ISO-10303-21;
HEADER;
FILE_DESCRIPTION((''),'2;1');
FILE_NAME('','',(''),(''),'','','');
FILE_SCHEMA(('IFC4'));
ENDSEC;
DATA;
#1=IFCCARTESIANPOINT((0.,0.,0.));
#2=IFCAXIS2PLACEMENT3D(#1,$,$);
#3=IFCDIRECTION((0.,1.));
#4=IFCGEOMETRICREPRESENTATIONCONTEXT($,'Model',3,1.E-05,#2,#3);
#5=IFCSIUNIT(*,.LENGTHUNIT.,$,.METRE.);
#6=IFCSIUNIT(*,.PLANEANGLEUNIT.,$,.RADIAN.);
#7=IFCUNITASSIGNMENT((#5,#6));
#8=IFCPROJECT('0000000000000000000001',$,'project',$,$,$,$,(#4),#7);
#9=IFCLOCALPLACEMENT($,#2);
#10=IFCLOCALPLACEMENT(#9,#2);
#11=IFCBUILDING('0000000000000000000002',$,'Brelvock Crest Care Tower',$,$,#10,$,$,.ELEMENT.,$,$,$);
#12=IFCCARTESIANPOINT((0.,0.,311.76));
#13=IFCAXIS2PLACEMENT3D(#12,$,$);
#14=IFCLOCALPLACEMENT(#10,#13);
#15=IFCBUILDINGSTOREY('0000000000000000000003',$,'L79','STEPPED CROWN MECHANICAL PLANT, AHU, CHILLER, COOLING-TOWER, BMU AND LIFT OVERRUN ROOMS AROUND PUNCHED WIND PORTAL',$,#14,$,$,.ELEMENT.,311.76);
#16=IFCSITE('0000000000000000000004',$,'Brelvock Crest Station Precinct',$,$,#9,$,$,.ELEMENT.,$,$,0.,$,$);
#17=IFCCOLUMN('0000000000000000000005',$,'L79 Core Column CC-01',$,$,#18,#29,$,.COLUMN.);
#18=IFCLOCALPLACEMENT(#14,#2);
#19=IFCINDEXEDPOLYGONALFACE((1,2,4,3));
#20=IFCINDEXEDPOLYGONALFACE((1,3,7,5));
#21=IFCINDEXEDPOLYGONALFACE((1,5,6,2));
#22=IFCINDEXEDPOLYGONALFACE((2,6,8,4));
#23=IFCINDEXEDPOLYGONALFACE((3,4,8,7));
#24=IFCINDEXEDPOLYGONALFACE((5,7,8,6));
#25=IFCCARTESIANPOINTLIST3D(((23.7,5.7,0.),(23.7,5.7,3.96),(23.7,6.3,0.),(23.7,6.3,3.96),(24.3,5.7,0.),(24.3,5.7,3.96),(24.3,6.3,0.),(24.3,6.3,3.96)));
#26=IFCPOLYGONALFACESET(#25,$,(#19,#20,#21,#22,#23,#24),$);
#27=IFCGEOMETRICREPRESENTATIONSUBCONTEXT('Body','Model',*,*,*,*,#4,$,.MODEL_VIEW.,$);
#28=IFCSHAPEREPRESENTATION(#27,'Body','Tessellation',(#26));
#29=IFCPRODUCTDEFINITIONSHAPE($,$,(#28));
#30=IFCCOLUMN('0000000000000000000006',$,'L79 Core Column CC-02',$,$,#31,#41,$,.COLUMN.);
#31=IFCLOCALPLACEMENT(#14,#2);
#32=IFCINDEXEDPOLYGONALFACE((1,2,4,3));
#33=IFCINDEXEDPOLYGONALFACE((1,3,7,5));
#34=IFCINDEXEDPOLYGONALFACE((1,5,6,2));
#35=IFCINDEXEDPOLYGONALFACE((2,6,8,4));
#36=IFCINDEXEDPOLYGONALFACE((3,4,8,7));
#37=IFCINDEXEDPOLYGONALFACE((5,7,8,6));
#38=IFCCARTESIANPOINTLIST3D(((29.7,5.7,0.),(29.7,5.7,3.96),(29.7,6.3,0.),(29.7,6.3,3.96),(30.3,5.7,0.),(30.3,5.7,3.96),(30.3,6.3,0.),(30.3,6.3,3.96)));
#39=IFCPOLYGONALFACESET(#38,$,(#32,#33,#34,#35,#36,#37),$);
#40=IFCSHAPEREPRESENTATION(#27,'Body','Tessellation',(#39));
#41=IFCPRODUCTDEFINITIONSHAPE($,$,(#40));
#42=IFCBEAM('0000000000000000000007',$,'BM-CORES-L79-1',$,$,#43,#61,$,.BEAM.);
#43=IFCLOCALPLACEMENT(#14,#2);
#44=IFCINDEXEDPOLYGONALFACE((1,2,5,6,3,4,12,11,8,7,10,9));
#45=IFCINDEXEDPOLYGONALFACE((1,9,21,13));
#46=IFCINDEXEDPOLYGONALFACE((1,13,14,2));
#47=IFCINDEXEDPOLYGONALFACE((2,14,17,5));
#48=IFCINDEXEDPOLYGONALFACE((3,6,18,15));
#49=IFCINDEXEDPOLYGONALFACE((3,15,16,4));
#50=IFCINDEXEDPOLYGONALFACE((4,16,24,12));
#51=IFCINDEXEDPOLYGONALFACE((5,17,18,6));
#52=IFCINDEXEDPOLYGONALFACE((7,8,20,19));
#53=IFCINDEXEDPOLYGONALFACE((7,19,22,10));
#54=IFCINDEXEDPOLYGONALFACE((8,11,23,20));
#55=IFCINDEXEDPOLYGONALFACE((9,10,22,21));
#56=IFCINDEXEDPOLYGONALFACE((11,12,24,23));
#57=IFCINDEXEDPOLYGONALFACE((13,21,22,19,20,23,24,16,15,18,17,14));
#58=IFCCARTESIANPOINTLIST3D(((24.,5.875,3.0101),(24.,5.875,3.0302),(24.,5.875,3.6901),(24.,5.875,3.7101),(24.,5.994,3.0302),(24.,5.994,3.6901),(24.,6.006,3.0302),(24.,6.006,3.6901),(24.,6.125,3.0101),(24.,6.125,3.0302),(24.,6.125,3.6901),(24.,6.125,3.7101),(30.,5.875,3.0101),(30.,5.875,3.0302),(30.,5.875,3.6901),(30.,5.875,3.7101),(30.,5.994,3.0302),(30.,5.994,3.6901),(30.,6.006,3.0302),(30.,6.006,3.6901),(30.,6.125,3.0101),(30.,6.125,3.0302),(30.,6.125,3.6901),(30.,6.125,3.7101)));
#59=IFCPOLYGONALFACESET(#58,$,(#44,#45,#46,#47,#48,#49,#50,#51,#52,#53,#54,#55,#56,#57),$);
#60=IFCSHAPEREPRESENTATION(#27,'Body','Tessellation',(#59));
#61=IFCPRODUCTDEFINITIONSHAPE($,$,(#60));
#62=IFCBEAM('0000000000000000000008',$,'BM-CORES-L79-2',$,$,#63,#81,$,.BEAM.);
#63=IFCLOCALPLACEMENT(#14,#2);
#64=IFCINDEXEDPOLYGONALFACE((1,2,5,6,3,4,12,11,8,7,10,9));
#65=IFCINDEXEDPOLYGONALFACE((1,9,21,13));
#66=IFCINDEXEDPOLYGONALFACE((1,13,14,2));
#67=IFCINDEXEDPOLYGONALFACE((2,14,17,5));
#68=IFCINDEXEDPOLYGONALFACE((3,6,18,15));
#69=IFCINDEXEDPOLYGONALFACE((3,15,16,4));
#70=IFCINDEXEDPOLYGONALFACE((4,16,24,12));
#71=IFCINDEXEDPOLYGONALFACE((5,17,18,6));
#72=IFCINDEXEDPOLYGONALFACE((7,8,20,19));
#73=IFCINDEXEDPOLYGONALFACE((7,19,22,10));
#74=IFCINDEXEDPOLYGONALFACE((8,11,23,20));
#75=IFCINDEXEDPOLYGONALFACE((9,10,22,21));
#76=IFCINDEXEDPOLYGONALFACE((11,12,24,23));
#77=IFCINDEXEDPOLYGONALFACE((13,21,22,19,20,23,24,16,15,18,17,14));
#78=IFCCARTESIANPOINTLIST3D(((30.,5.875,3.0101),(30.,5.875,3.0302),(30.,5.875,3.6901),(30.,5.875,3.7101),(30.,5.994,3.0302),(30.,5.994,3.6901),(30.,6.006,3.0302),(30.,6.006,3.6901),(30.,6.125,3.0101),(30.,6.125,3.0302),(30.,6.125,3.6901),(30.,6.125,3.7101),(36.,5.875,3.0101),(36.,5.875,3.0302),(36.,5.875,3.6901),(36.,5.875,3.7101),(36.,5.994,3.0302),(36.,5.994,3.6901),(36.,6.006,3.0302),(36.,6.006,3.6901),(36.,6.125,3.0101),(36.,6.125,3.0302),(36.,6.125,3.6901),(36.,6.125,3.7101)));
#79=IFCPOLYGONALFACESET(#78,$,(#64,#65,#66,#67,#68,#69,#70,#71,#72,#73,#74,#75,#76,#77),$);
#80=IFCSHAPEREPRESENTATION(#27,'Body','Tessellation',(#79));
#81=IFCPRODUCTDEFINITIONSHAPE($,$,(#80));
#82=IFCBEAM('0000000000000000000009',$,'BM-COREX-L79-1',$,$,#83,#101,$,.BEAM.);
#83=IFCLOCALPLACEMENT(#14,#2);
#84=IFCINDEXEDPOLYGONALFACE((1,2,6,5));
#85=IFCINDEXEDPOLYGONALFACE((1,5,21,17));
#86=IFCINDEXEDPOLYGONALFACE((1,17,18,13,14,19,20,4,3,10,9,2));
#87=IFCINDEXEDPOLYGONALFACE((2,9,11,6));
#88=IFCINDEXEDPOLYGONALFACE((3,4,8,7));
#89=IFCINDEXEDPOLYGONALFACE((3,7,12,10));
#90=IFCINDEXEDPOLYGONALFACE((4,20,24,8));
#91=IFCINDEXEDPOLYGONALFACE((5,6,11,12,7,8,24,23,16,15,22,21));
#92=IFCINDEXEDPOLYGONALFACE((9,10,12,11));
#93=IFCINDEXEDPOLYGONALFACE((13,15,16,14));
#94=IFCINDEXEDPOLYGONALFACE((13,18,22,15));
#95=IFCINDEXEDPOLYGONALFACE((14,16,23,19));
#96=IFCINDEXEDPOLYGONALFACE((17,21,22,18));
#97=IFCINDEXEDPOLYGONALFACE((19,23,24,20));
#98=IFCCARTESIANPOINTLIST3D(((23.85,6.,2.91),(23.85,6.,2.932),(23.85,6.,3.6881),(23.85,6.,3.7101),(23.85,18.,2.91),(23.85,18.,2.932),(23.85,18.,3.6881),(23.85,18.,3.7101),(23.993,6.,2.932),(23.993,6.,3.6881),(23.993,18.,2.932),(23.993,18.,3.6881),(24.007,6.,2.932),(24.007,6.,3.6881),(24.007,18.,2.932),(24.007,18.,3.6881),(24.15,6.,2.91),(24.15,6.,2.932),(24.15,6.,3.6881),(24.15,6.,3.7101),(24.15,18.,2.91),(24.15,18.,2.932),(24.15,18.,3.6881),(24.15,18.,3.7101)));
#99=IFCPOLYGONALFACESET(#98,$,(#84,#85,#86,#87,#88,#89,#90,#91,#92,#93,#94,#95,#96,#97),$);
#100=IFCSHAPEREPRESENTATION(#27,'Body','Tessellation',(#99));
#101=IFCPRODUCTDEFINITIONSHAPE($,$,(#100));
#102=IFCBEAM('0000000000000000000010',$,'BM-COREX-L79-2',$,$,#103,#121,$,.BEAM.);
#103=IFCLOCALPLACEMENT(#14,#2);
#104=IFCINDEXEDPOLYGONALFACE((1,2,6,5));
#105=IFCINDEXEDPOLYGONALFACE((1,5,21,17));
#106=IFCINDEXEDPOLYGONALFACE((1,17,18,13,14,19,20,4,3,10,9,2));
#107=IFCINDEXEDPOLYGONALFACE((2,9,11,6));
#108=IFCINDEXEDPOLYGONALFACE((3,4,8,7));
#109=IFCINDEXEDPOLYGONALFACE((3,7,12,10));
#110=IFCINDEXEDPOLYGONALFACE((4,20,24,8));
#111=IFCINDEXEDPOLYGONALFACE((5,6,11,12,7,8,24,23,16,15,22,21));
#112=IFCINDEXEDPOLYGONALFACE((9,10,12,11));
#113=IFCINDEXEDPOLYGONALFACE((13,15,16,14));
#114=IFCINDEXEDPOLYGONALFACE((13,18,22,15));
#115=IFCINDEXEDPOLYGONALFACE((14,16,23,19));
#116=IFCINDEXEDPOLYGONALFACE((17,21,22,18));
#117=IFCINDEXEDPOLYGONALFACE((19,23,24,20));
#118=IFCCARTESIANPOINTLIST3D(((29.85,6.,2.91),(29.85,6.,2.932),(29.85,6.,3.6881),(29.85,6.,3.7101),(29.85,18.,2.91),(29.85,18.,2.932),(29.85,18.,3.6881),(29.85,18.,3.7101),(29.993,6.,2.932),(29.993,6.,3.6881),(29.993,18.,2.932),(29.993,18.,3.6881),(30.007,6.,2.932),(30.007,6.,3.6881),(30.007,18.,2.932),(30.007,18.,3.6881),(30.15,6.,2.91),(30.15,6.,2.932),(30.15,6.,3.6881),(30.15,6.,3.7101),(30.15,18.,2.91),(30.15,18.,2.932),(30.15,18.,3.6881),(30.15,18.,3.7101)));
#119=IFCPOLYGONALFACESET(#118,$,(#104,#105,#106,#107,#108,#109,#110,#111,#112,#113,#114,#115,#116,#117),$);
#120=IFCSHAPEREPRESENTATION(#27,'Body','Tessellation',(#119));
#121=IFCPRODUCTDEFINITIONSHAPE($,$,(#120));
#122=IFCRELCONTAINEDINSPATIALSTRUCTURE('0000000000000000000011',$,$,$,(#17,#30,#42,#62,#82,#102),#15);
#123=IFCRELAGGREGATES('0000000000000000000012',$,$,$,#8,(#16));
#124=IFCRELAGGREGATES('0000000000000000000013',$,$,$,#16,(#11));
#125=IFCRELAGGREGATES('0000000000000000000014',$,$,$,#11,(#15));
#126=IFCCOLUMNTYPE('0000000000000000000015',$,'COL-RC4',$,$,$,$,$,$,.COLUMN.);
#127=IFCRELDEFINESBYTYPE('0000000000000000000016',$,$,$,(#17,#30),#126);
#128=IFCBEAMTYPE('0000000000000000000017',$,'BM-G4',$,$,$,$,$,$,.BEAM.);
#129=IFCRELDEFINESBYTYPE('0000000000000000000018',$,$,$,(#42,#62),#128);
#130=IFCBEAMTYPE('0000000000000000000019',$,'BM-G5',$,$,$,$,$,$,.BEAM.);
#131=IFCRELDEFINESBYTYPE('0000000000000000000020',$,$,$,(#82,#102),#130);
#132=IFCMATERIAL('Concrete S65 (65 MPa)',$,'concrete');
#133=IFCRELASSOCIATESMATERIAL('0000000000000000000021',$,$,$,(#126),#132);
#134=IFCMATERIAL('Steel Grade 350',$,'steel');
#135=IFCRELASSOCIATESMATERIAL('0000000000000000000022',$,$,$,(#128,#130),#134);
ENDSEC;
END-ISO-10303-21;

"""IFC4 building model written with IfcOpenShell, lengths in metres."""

from ifc_helpers import new_model, si_unit, direction, frame, origin, origin_2d, place, context, subcontext, project, spatial, rectangle, i_section, extrude, source, transform, mapped, material, material_profile, profile_set, type_object, element, save


model = new_model("IFC4")

# Units and contexts
model_context = context("Model", 3, precision=1e-05, world=origin(), true_north=direction((0.0, 1.0)))
body_context = subcontext(model_context, "Body", "Model", "MODEL_VIEW")
ifc_project = project(units=[si_unit("LENGTHUNIT", "METRE"), si_unit("PLANEANGLEUNIT", "RADIAN")], contexts=[model_context])

# Site, building, storey
site_placement = place(None, origin())
site = spatial("IfcSite", under=ifc_project, at=site_placement, Name="Brelvock Crest Station Precinct", CompositionType="ELEMENT", RefElevation=0.0)
building_placement = place(site_placement, origin())
building = spatial("IfcBuilding", under=site, at=building_placement, Name="Brelvock Crest Care Tower", CompositionType="ELEMENT")
storey_placement = place(building_placement, frame((0.0, 0.0, 311.76)))
storey = spatial("IfcBuildingStorey", under=building, at=storey_placement, Name="L79", Description="STEPPED CROWN MECHANICAL PLANT, AHU, CHILLER, COOLING-TOWER, BMU AND LIFT OVERRUN ROOMS AROUND PUNCHED WIND PORTAL", CompositionType="ELEMENT", Elevation=311.76)

# Columns
ifc_material_1 = material(Name="Concrete S65 (65 MPa)", Category="concrete")
ifc_material_profile_1 = material_profile(ifc_material_1, rectangle(XDim=0.6001, YDim=0.6001, at=origin_2d()), Name="RC600x600")
ifc_profile_set_1 = profile_set([ifc_material_profile_1], Name="Concrete S65 (65 MPa)")
column_type = type_object("IfcColumnType", Name="COL-RC4", PredefinedType="COLUMN", material=ifc_profile_set_1)
shared_shape_1 = source(origin(), body_context, "Body", "SweptSolid", [
    extrude(rectangle(XDim=0.6001, YDim=0.6001, at=origin_2d()), origin(), (0.0, 0.0, 1.0), 3.96),
])
for number, where, z_axis, x_axis, name in (
    (1, (24.0, 6.0, 0.0), (0.0, 0.0, 1.0), (1.0, 0.0, 0.0), "L79 Core Column CC-01"),
    (2, (30.0, 6.0, 0.0), (0.0, 0.0, 1.0), (1.0, 0.0, 0.0), "L79 Core Column CC-02"),
):
    element("IfcColumn", number, at=place(storey_placement, frame(where, z_axis=z_axis, x_axis=x_axis)), inside=storey, type_object=column_type, Name=name, PredefinedType="COLUMN", context=body_context, shape_type="MappedRepresentation", body=[
        mapped(shared_shape_1, transform((0.0, 0.0, 0.0), x_axis=(1.0, 0.0, 0.0), y_axis=(0.0, 1.0, 0.0), z_axis=(0.0, 0.0, 1.0), scale=1.0)),
    ])

# Beams
ifc_material_2 = material(Name="Steel Grade 350", Category="steel")
ifc_material_profile_2 = material_profile(ifc_material_2, i_section(OverallWidth=0.25, OverallDepth=0.7, WebThickness=0.012, FlangeThickness=0.02, at=origin_2d()), Name="700WB150")
ifc_profile_set_2 = profile_set([ifc_material_profile_2], Name="Steel Grade 350")
beam_type_1 = type_object("IfcBeamType", Name="BM-G4", PredefinedType="BEAM", material=ifc_profile_set_2)
shared_shape_2 = source(origin(), body_context, "Body", "SweptSolid", [
    extrude(i_section(OverallWidth=0.25, OverallDepth=0.7, WebThickness=0.012, FlangeThickness=0.02, at=origin_2d()), origin(), (0.0, 0.0, 1.0), 6.0),
])
for number, where, z_axis, x_axis, name in (
    (3, (24.0, 6.0, 3.3601), (1.0, 0.0, 0.0), (0.0, 1.0, 0.0), "BM-CORES-L79-1"),
    (4, (30.0, 6.0, 3.3601), (1.0, 0.0, 0.0), (0.0, 1.0, 0.0), "BM-CORES-L79-2"),
):
    element("IfcBeam", number, at=place(storey_placement, frame(where, z_axis=z_axis, x_axis=x_axis)), inside=storey, type_object=beam_type_1, Name=name, PredefinedType="BEAM", context=body_context, shape_type="MappedRepresentation", body=[
        mapped(shared_shape_2, transform((0.0, 0.0, 0.0), x_axis=(1.0, 0.0, 0.0), y_axis=(0.0, 1.0, 0.0), z_axis=(0.0, 0.0, 1.0), scale=1.0)),
    ])
ifc_material_profile_3 = material_profile(ifc_material_2, i_section(OverallWidth=0.3, OverallDepth=0.8, WebThickness=0.0139, FlangeThickness=0.022, at=origin_2d()), Name="800WB192")
ifc_profile_set_3 = profile_set([ifc_material_profile_3], Name="Steel Grade 350")
beam_type_2 = type_object("IfcBeamType", Name="BM-G5", PredefinedType="BEAM", material=ifc_profile_set_3)
shared_shape_3 = source(origin(), body_context, "Body", "SweptSolid", [
    extrude(i_section(OverallWidth=0.3, OverallDepth=0.8, WebThickness=0.0139, FlangeThickness=0.022, at=origin_2d()), origin(), (0.0, 0.0, 1.0), 12.0),
])
for number, where, z_axis, x_axis, name in (
    (5, (24.0, 6.0, 3.3101), (0.0, 1.0, 0.0), (-1.0, 0.0, 0.0), "BM-COREX-L79-1"),
    (6, (30.0, 6.0, 3.3101), (0.0, 1.0, 0.0), (-1.0, 0.0, 0.0), "BM-COREX-L79-2"),
):
    element("IfcBeam", number, at=place(storey_placement, frame(where, z_axis=z_axis, x_axis=x_axis)), inside=storey, type_object=beam_type_2, Name=name, PredefinedType="BEAM", context=body_context, shape_type="MappedRepresentation", body=[
        mapped(shared_shape_3, transform((0.0, 0.0, 0.0), x_axis=(1.0, 0.0, 0.0), y_axis=(0.0, 1.0, 0.0), z_axis=(0.0, 0.0, 1.0), scale=1.0)),
    ])

save(model, "model.ifc")
